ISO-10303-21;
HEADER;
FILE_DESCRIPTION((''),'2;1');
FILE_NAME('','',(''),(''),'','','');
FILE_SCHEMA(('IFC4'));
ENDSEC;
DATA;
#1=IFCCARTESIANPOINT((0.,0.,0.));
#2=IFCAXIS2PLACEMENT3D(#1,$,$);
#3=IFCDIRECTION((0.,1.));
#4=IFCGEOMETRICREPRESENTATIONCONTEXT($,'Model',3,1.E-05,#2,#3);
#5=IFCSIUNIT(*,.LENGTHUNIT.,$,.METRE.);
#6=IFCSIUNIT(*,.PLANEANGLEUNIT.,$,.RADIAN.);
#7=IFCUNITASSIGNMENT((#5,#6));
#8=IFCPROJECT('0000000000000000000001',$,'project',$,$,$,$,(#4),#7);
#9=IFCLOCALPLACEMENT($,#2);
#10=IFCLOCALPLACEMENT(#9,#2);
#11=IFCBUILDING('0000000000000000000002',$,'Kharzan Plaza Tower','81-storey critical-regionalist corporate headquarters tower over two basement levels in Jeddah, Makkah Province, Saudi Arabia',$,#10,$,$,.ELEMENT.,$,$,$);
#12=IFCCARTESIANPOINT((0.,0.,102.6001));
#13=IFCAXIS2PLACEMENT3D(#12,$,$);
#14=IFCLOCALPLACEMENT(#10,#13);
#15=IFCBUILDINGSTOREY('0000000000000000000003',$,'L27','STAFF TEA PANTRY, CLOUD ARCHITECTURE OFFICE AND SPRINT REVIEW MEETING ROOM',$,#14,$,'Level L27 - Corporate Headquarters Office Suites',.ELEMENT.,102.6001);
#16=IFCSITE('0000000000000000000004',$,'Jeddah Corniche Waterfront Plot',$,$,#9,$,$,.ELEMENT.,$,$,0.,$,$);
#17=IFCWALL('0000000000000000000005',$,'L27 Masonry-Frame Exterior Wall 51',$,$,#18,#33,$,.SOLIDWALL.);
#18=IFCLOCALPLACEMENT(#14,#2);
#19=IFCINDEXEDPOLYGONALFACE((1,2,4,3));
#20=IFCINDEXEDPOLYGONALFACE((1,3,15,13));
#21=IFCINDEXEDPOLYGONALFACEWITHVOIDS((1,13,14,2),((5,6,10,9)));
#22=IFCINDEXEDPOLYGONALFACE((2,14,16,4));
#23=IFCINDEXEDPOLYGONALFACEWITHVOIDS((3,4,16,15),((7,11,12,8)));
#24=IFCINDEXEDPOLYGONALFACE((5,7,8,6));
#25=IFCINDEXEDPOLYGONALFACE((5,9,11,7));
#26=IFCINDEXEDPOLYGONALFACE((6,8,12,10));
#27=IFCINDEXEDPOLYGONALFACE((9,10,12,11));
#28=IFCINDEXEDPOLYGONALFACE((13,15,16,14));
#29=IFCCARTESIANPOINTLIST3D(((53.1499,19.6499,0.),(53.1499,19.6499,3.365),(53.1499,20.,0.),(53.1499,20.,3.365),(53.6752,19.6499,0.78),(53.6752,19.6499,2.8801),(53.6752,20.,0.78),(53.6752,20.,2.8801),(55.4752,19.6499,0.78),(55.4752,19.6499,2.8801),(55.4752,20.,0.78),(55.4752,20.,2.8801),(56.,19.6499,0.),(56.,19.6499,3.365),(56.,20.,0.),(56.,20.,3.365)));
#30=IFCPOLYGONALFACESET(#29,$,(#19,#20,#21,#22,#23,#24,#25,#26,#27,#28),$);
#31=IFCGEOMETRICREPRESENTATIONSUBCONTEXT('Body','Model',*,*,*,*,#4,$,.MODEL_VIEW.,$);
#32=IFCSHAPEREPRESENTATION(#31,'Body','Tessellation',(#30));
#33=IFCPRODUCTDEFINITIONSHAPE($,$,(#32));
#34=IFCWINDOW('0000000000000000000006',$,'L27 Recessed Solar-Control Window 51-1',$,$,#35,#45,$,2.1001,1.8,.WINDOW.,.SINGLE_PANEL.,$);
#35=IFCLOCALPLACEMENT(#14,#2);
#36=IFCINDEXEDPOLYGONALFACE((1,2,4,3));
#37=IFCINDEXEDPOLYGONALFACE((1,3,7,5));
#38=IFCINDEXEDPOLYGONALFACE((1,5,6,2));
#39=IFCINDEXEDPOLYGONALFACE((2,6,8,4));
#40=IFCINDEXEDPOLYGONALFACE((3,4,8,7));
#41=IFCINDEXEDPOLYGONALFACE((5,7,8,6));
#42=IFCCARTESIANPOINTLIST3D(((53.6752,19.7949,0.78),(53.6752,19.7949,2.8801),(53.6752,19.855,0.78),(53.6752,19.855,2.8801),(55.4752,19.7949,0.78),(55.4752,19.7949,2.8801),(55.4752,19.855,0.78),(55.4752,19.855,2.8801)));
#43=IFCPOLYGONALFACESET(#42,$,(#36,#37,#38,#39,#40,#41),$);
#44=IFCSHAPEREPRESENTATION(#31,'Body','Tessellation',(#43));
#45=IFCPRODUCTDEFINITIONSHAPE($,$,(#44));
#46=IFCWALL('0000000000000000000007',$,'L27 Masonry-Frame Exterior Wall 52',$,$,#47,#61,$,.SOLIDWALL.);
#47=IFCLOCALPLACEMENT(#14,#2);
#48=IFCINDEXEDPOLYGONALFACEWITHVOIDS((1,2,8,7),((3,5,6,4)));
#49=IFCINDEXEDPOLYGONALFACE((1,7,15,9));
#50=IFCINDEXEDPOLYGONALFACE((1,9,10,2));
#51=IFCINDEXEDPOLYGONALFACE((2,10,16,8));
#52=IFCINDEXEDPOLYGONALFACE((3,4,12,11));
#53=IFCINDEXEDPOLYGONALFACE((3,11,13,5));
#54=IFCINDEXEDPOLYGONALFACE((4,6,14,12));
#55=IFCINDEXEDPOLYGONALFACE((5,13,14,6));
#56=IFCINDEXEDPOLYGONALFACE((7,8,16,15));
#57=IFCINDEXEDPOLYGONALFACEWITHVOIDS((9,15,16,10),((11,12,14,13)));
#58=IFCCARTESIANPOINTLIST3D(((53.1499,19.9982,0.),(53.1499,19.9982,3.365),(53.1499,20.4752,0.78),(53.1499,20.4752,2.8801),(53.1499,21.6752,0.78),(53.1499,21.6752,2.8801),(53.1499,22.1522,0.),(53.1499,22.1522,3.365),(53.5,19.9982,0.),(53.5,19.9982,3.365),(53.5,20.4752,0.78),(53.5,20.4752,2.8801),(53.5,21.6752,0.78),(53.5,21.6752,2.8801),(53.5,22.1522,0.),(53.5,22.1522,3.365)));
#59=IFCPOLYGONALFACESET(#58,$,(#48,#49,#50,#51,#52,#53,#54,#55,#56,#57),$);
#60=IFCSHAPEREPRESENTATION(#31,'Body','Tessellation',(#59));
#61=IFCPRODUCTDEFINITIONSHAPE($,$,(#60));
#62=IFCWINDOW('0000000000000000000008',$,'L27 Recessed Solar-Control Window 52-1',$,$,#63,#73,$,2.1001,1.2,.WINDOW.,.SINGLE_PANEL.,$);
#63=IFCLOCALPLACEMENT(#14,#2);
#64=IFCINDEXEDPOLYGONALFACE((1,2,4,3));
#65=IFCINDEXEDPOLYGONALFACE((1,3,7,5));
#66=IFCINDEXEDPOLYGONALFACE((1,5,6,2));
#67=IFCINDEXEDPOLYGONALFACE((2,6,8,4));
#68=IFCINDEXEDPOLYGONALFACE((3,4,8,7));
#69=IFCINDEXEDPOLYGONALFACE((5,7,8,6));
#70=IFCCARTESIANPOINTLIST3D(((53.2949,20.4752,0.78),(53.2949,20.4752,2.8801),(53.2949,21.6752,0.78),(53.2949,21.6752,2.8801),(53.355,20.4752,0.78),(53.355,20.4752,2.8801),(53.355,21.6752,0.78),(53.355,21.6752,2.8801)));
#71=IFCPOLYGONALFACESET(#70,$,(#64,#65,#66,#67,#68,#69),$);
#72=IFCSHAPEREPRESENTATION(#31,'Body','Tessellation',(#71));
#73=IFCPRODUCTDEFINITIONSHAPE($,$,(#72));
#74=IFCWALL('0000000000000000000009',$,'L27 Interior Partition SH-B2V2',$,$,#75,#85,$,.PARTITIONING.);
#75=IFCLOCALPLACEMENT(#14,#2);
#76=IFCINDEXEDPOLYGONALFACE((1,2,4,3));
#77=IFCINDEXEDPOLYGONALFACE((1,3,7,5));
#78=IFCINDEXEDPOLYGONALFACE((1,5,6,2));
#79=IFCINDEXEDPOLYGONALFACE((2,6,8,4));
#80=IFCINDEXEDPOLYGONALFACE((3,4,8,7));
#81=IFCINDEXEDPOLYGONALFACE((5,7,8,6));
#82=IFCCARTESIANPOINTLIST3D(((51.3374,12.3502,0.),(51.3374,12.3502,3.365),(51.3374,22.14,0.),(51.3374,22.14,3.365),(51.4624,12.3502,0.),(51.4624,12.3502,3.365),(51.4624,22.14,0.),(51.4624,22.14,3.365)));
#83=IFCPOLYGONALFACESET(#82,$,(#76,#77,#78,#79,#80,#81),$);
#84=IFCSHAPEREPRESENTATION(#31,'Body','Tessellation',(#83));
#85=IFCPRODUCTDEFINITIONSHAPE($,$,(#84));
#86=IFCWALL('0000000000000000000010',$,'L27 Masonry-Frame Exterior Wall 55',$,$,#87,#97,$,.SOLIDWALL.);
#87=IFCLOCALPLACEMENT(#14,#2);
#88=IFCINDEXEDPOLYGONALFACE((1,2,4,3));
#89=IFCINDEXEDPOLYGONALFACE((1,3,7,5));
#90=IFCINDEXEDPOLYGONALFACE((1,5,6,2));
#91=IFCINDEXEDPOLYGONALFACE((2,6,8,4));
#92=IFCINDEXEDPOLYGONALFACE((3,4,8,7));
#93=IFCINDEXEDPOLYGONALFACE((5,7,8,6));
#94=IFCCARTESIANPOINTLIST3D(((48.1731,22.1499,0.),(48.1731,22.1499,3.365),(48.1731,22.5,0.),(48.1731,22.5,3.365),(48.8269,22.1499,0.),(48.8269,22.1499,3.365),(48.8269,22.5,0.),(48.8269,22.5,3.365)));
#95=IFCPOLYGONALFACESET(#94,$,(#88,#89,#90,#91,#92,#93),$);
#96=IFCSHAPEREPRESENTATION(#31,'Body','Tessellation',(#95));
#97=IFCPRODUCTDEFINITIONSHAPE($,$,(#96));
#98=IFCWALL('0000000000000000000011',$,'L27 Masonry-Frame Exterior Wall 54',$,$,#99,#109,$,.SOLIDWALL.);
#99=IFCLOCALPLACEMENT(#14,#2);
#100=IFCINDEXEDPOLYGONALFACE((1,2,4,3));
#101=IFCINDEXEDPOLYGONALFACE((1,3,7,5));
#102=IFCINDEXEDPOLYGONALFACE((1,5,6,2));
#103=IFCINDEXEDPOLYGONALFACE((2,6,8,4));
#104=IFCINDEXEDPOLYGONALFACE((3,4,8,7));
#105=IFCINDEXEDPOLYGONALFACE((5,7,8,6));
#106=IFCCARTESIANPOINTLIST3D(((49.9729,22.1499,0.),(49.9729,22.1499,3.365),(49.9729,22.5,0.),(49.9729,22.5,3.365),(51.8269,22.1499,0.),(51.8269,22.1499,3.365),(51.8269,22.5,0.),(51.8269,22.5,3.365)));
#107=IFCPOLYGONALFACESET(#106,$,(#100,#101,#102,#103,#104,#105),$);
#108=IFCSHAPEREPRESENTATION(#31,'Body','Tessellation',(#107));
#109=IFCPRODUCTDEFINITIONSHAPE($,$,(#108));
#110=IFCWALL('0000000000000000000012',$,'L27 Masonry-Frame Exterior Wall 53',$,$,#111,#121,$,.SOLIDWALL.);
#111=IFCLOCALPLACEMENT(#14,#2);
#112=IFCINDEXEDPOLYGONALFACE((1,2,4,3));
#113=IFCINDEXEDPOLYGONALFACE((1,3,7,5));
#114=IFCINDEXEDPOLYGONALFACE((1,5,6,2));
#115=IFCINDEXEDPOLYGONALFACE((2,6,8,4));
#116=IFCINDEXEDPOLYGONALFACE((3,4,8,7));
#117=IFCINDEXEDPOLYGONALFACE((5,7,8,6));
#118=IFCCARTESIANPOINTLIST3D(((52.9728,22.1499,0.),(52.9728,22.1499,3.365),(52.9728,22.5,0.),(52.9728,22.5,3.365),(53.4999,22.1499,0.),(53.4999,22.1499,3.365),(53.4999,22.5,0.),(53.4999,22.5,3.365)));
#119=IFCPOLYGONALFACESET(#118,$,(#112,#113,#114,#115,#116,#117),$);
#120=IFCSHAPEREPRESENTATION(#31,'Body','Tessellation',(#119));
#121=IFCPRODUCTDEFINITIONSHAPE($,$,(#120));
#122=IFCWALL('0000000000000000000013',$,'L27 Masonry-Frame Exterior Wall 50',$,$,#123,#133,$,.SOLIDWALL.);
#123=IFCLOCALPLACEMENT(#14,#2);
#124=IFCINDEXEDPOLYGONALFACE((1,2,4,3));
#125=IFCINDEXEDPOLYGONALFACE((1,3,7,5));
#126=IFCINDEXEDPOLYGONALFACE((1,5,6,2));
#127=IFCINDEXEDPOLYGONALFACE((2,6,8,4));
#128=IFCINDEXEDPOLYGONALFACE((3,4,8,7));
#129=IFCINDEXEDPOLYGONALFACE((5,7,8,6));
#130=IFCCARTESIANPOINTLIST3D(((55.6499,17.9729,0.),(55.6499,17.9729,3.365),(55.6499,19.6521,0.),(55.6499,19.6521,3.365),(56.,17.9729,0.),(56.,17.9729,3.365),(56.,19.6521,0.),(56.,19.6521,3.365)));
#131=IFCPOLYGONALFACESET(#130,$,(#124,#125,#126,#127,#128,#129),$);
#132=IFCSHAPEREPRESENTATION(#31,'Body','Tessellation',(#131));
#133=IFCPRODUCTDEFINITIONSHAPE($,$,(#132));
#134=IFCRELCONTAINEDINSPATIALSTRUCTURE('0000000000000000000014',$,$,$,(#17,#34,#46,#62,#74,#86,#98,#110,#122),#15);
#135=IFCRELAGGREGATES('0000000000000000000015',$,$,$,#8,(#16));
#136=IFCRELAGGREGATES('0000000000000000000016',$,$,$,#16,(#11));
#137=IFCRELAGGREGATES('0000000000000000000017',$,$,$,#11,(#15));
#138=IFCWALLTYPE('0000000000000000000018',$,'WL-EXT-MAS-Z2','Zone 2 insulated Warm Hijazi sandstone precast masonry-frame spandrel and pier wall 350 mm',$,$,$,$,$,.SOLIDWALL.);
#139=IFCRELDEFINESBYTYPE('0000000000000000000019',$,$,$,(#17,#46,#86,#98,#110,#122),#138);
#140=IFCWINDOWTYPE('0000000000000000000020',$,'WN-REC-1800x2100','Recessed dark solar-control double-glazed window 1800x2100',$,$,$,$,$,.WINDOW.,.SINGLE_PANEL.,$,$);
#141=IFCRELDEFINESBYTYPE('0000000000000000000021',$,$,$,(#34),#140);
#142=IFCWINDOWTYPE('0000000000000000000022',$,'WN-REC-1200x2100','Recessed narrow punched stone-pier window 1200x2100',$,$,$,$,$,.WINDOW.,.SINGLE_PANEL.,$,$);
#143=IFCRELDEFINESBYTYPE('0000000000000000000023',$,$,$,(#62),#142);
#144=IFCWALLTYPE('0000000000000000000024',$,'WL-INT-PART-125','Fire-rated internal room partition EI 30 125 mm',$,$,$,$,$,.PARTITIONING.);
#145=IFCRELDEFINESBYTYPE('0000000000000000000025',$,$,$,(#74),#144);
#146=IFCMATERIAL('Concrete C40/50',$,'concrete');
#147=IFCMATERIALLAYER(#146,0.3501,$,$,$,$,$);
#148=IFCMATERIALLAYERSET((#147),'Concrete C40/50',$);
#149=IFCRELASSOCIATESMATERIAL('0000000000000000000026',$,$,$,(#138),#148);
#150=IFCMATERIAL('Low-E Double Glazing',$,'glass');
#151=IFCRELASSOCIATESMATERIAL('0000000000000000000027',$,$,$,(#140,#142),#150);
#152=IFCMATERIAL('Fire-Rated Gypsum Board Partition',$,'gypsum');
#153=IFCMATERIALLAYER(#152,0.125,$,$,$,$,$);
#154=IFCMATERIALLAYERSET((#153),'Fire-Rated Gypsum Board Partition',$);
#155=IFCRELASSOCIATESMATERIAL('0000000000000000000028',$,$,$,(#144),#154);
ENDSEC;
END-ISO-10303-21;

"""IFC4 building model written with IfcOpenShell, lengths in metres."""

from ifc_helpers import new_model, si_unit, direction, frame, frame_2d, origin, place, context, subcontext, project, spatial, rectangle, extrude, source, transform, mapped, material, layer, layer_set, type_object, element, fill, save


model = new_model("IFC4")

# Units and contexts
model_context = context("Model", 3, precision=1e-05, world=origin(), true_north=direction((0.0, 1.0)))
body_context = subcontext(model_context, "Body", "Model", "MODEL_VIEW")
ifc_project = project(units=[si_unit("LENGTHUNIT", "METRE"), si_unit("PLANEANGLEUNIT", "RADIAN")], contexts=[model_context])

# Site, building, storey
site_placement = place(None, origin())
site = spatial("IfcSite", under=ifc_project, at=site_placement, Name="Jeddah Corniche Waterfront Plot", CompositionType="ELEMENT", RefElevation=0.0)
building_placement = place(site_placement, origin())
building = spatial("IfcBuilding", under=site, at=building_placement, Name="Kharzan Plaza Tower", Description="81-storey critical-regionalist corporate headquarters tower over two basement levels in Jeddah, Makkah Province, Saudi Arabia", CompositionType="ELEMENT")
storey_placement = place(building_placement, frame((0.0, 0.0, 102.6001)))
storey = spatial("IfcBuildingStorey", under=building, at=storey_placement, Name="L27", Description="STAFF TEA PANTRY, CLOUD ARCHITECTURE OFFICE AND SPRINT REVIEW MEETING ROOM", LongName="Level L27 - Corporate Headquarters Office Suites", CompositionType="ELEMENT", Elevation=102.6001)

# Walls, openings, windows
ifc_material_1 = material(Name="Concrete C40/50", Category="concrete")
ifc_layer_1 = layer(ifc_material_1, 0.3501)
ifc_layer_set_1 = layer_set([ifc_layer_1], Name="Concrete C40/50")
wall_type_1 = type_object("IfcWallType", Name="WL-EXT-MAS-Z2", Description="Zone 2 insulated Warm Hijazi sandstone precast masonry-frame spandrel and pier wall 350 mm", PredefinedType="SOLIDWALL", material=ifc_layer_set_1)
ifc_material_2 = material(Name="Low-E Double Glazing", Category="glass")
window_type_1 = type_object("IfcWindowType", Name="WN-REC-1800x2100", Description="Recessed dark solar-control double-glazed window 1800x2100", PartitioningType="SINGLE_PANEL", PredefinedType="WINDOW", material=ifc_material_2)
shared_shape_1 = source(origin(), body_context, "Body", "SweptSolid", [
    extrude(rectangle(XDim=1.8, YDim=2.1001, at=frame_2d((0.8999, 1.05))), frame((0.0, 0.03, 0.0), z_axis=(0.0, -1.0, 0.0), x_axis=(1.0, 0.0, 0.0)), (0.0, 0.0, 1.0), 0.0601),
])
wall_1_placement = place(storey_placement, frame((56.0, 19.825, 0.0), z_axis=(0.0, 0.0, 1.0), x_axis=(-1.0, 0.0, 0.0)))
wall_1 = element("IfcWall", 1, at=wall_1_placement, inside=storey, type_object=wall_type_1, Name="L27 Masonry-Frame Exterior Wall 51", PredefinedType="SOLIDWALL", context=body_context, shape_type="SweptSolid", body=[
    extrude(rectangle(XDim=2.8501, YDim=0.3501, at=frame_2d((1.425, 0.0))), origin(), (0.0, 0.0, 1.0), 3.365),
])
opening_1_placement = place(wall_1_placement, frame((0.5249, 0.0, 0.78)))
opening_1 = element("IfcOpeningElement", 2, at=opening_1_placement, cuts=wall_1, PredefinedType="OPENING", context=body_context, shape_type="SweptSolid", body=[
    extrude(rectangle(XDim=1.8, YDim=2.1001, at=frame_2d((0.8999, 1.05))), frame((0.0, 0.1851, 0.0), z_axis=(0.0, -1.0, 0.0), x_axis=(1.0, 0.0, 0.0)), (0.0, 0.0, 1.0), 0.3701),
])
window_1_placement = place(opening_1_placement, origin())
window_1 = element("IfcWindow", 3, at=window_1_placement, inside=storey, type_object=window_type_1, Name="L27 Recessed Solar-Control Window 51-1", OverallHeight=2.1001, OverallWidth=1.8, PartitioningType="SINGLE_PANEL", PredefinedType="WINDOW", context=body_context, shape_type="MappedRepresentation", body=[
    mapped(shared_shape_1, transform((0.0, 0.0, 0.0), x_axis=(1.0, 0.0, 0.0), y_axis=(0.0, 1.0, 0.0), z_axis=(0.0, 0.0, 1.0))),
])
fill(opening_1, window_1)
wall_2_placement = place(storey_placement, frame((53.325, 19.998, 0.0), z_axis=(0.0, 0.0, 1.0), x_axis=(0.0, 1.0, 0.0)))
wall_2 = element("IfcWall", 4, at=wall_2_placement, inside=storey, type_object=wall_type_1, Name="L27 Masonry-Frame Exterior Wall 52", PredefinedType="SOLIDWALL", context=body_context, shape_type="SweptSolid", body=[
    extrude(rectangle(XDim=2.1541, YDim=0.3501, at=frame_2d((1.0771, 0.0))), origin(), (0.0, 0.0, 1.0), 3.365),
])
opening_2_placement = place(wall_2_placement, frame((0.4771, 0.0, 0.78)))
opening_2 = element("IfcOpeningElement", 5, at=opening_2_placement, cuts=wall_2, PredefinedType="OPENING", context=body_context, shape_type="SweptSolid", body=[
    extrude(rectangle(XDim=1.2, YDim=2.1001, at=frame_2d((0.6001, 1.05))), frame((0.0, 0.1851, 0.0), z_axis=(0.0, -1.0, 0.0), x_axis=(1.0, 0.0, 0.0)), (0.0, 0.0, 1.0), 0.3701),
])
window_type_2 = type_object("IfcWindowType", Name="WN-REC-1200x2100", Description="Recessed narrow punched stone-pier window 1200x2100", PartitioningType="SINGLE_PANEL", PredefinedType="WINDOW", material=ifc_material_2)
shared_shape_2 = source(origin(), body_context, "Body", "SweptSolid", [
    extrude(rectangle(XDim=1.2, YDim=2.1001, at=frame_2d((0.6001, 1.05))), frame((0.0, 0.03, 0.0), z_axis=(0.0, -1.0, 0.0), x_axis=(1.0, 0.0, 0.0)), (0.0, 0.0, 1.0), 0.0601),
])
window_2_placement = place(opening_2_placement, origin())
window_2 = element("IfcWindow", 6, at=window_2_placement, inside=storey, type_object=window_type_2, Name="L27 Recessed Solar-Control Window 52-1", OverallHeight=2.1001, OverallWidth=1.2, PartitioningType="SINGLE_PANEL", PredefinedType="WINDOW", context=body_context, shape_type="MappedRepresentation", body=[
    mapped(shared_shape_2, transform((0.0, 0.0, 0.0), x_axis=(1.0, 0.0, 0.0), y_axis=(0.0, 1.0, 0.0), z_axis=(0.0, 0.0, 1.0))),
])
fill(opening_2, window_2)

# Shared definitions
ifc_material_3 = material(Name="Fire-Rated Gypsum Board Partition", Category="gypsum")
ifc_layer_2 = layer(ifc_material_3, 0.125)
ifc_layer_set_2 = layer_set([ifc_layer_2], Name="Fire-Rated Gypsum Board Partition")
wall_type_2 = type_object("IfcWallType", Name="WL-INT-PART-125", Description="Fire-rated internal room partition EI 30 125 mm", PredefinedType="PARTITIONING", material=ifc_layer_set_2)

# Walls
shared_shape_3 = source(origin(), body_context, "Body", "SweptSolid", [
    extrude(rectangle(XDim=9.7898, YDim=0.125, at=frame_2d((4.895, 0.0))), origin(), (0.0, 0.0, 1.0), 3.365),
])
wall_3_placement = place(storey_placement, frame((51.3999, 12.3501, 0.0), z_axis=(0.0, 0.0, 1.0), x_axis=(0.0, 1.0, 0.0)))
element("IfcWall", 7, at=wall_3_placement, inside=storey, type_object=wall_type_2, Name="L27 Interior Partition SH-B2V2", PredefinedType="PARTITIONING", context=body_context, shape_type="MappedRepresentation", body=[
    mapped(shared_shape_3, transform((0.0, 0.0, 0.0), x_axis=(1.0, 0.0, 0.0), y_axis=(0.0, 1.0, 0.0), z_axis=(0.0, 0.0, 1.0))),
])
shared_shape_4 = source(origin(), body_context, "Body", "SweptSolid", [
    extrude(rectangle(XDim=0.6538, YDim=0.3501, at=frame_2d((0.3269, 0.0))), origin(), (0.0, 0.0, 1.0), 3.365),
])
wall_4_placement = place(storey_placement, frame((48.8269, 22.325, 0.0), z_axis=(0.0, 0.0, 1.0), x_axis=(-1.0, 0.0, 0.0)))
element("IfcWall", 8, at=wall_4_placement, inside=storey, type_object=wall_type_1, Name="L27 Masonry-Frame Exterior Wall 55", PredefinedType="SOLIDWALL", context=body_context, shape_type="MappedRepresentation", body=[
    mapped(shared_shape_4, transform((0.0, 0.0, 0.0), x_axis=(1.0, 0.0, 0.0), y_axis=(0.0, 1.0, 0.0), z_axis=(0.0, 0.0, 1.0))),
])
shared_shape_5 = source(origin(), body_context, "Body", "SweptSolid", [
    extrude(rectangle(XDim=1.854, YDim=0.3501, at=frame_2d((0.927, 0.0))), origin(), (0.0, 0.0, 1.0), 3.365),
])
wall_5_placement = place(storey_placement, frame((51.8269, 22.325, 0.0), z_axis=(0.0, 0.0, 1.0), x_axis=(-1.0, 0.0, 0.0)))
element("IfcWall", 9, at=wall_5_placement, inside=storey, type_object=wall_type_1, Name="L27 Masonry-Frame Exterior Wall 54", PredefinedType="SOLIDWALL", context=body_context, shape_type="MappedRepresentation", body=[
    mapped(shared_shape_5, transform((0.0, 0.0, 0.0), x_axis=(1.0, 0.0, 0.0), y_axis=(0.0, 1.0, 0.0), z_axis=(0.0, 0.0, 1.0))),
])
shared_shape_6 = source(origin(), body_context, "Body", "SweptSolid", [
    extrude(rectangle(XDim=0.5271, YDim=0.3501, at=frame_2d((0.2637, 0.0))), origin(), (0.0, 0.0, 1.0), 3.365),
])
wall_6_placement = place(storey_placement, frame((53.5, 22.325, 0.0), z_axis=(0.0, 0.0, 1.0), x_axis=(-1.0, 0.0, 0.0)))
element("IfcWall", 10, at=wall_6_placement, inside=storey, type_object=wall_type_1, Name="L27 Masonry-Frame Exterior Wall 53", PredefinedType="SOLIDWALL", context=body_context, shape_type="MappedRepresentation", body=[
    mapped(shared_shape_6, transform((0.0, 0.0, 0.0), x_axis=(1.0, 0.0, 0.0), y_axis=(0.0, 1.0, 0.0), z_axis=(0.0, 0.0, 1.0))),
])
shared_shape_7 = source(origin(), body_context, "Body", "SweptSolid", [
    extrude(rectangle(XDim=1.6792, YDim=0.3501, at=frame_2d((0.8396, 0.0))), origin(), (0.0, 0.0, 1.0), 3.365),
])
wall_7_placement = place(storey_placement, frame((55.825, 17.9729, 0.0), z_axis=(0.0, 0.0, 1.0), x_axis=(0.0, 1.0, 0.0)))
element("IfcWall", 11, at=wall_7_placement, inside=storey, type_object=wall_type_1, Name="L27 Masonry-Frame Exterior Wall 50", PredefinedType="SOLIDWALL", context=body_context, shape_type="MappedRepresentation", body=[
    mapped(shared_shape_7, transform((0.0, 0.0, 0.0), x_axis=(1.0, 0.0, 0.0), y_axis=(0.0, 1.0, 0.0), z_axis=(0.0, 0.0, 1.0))),
])

save(model, "model.ifc")
